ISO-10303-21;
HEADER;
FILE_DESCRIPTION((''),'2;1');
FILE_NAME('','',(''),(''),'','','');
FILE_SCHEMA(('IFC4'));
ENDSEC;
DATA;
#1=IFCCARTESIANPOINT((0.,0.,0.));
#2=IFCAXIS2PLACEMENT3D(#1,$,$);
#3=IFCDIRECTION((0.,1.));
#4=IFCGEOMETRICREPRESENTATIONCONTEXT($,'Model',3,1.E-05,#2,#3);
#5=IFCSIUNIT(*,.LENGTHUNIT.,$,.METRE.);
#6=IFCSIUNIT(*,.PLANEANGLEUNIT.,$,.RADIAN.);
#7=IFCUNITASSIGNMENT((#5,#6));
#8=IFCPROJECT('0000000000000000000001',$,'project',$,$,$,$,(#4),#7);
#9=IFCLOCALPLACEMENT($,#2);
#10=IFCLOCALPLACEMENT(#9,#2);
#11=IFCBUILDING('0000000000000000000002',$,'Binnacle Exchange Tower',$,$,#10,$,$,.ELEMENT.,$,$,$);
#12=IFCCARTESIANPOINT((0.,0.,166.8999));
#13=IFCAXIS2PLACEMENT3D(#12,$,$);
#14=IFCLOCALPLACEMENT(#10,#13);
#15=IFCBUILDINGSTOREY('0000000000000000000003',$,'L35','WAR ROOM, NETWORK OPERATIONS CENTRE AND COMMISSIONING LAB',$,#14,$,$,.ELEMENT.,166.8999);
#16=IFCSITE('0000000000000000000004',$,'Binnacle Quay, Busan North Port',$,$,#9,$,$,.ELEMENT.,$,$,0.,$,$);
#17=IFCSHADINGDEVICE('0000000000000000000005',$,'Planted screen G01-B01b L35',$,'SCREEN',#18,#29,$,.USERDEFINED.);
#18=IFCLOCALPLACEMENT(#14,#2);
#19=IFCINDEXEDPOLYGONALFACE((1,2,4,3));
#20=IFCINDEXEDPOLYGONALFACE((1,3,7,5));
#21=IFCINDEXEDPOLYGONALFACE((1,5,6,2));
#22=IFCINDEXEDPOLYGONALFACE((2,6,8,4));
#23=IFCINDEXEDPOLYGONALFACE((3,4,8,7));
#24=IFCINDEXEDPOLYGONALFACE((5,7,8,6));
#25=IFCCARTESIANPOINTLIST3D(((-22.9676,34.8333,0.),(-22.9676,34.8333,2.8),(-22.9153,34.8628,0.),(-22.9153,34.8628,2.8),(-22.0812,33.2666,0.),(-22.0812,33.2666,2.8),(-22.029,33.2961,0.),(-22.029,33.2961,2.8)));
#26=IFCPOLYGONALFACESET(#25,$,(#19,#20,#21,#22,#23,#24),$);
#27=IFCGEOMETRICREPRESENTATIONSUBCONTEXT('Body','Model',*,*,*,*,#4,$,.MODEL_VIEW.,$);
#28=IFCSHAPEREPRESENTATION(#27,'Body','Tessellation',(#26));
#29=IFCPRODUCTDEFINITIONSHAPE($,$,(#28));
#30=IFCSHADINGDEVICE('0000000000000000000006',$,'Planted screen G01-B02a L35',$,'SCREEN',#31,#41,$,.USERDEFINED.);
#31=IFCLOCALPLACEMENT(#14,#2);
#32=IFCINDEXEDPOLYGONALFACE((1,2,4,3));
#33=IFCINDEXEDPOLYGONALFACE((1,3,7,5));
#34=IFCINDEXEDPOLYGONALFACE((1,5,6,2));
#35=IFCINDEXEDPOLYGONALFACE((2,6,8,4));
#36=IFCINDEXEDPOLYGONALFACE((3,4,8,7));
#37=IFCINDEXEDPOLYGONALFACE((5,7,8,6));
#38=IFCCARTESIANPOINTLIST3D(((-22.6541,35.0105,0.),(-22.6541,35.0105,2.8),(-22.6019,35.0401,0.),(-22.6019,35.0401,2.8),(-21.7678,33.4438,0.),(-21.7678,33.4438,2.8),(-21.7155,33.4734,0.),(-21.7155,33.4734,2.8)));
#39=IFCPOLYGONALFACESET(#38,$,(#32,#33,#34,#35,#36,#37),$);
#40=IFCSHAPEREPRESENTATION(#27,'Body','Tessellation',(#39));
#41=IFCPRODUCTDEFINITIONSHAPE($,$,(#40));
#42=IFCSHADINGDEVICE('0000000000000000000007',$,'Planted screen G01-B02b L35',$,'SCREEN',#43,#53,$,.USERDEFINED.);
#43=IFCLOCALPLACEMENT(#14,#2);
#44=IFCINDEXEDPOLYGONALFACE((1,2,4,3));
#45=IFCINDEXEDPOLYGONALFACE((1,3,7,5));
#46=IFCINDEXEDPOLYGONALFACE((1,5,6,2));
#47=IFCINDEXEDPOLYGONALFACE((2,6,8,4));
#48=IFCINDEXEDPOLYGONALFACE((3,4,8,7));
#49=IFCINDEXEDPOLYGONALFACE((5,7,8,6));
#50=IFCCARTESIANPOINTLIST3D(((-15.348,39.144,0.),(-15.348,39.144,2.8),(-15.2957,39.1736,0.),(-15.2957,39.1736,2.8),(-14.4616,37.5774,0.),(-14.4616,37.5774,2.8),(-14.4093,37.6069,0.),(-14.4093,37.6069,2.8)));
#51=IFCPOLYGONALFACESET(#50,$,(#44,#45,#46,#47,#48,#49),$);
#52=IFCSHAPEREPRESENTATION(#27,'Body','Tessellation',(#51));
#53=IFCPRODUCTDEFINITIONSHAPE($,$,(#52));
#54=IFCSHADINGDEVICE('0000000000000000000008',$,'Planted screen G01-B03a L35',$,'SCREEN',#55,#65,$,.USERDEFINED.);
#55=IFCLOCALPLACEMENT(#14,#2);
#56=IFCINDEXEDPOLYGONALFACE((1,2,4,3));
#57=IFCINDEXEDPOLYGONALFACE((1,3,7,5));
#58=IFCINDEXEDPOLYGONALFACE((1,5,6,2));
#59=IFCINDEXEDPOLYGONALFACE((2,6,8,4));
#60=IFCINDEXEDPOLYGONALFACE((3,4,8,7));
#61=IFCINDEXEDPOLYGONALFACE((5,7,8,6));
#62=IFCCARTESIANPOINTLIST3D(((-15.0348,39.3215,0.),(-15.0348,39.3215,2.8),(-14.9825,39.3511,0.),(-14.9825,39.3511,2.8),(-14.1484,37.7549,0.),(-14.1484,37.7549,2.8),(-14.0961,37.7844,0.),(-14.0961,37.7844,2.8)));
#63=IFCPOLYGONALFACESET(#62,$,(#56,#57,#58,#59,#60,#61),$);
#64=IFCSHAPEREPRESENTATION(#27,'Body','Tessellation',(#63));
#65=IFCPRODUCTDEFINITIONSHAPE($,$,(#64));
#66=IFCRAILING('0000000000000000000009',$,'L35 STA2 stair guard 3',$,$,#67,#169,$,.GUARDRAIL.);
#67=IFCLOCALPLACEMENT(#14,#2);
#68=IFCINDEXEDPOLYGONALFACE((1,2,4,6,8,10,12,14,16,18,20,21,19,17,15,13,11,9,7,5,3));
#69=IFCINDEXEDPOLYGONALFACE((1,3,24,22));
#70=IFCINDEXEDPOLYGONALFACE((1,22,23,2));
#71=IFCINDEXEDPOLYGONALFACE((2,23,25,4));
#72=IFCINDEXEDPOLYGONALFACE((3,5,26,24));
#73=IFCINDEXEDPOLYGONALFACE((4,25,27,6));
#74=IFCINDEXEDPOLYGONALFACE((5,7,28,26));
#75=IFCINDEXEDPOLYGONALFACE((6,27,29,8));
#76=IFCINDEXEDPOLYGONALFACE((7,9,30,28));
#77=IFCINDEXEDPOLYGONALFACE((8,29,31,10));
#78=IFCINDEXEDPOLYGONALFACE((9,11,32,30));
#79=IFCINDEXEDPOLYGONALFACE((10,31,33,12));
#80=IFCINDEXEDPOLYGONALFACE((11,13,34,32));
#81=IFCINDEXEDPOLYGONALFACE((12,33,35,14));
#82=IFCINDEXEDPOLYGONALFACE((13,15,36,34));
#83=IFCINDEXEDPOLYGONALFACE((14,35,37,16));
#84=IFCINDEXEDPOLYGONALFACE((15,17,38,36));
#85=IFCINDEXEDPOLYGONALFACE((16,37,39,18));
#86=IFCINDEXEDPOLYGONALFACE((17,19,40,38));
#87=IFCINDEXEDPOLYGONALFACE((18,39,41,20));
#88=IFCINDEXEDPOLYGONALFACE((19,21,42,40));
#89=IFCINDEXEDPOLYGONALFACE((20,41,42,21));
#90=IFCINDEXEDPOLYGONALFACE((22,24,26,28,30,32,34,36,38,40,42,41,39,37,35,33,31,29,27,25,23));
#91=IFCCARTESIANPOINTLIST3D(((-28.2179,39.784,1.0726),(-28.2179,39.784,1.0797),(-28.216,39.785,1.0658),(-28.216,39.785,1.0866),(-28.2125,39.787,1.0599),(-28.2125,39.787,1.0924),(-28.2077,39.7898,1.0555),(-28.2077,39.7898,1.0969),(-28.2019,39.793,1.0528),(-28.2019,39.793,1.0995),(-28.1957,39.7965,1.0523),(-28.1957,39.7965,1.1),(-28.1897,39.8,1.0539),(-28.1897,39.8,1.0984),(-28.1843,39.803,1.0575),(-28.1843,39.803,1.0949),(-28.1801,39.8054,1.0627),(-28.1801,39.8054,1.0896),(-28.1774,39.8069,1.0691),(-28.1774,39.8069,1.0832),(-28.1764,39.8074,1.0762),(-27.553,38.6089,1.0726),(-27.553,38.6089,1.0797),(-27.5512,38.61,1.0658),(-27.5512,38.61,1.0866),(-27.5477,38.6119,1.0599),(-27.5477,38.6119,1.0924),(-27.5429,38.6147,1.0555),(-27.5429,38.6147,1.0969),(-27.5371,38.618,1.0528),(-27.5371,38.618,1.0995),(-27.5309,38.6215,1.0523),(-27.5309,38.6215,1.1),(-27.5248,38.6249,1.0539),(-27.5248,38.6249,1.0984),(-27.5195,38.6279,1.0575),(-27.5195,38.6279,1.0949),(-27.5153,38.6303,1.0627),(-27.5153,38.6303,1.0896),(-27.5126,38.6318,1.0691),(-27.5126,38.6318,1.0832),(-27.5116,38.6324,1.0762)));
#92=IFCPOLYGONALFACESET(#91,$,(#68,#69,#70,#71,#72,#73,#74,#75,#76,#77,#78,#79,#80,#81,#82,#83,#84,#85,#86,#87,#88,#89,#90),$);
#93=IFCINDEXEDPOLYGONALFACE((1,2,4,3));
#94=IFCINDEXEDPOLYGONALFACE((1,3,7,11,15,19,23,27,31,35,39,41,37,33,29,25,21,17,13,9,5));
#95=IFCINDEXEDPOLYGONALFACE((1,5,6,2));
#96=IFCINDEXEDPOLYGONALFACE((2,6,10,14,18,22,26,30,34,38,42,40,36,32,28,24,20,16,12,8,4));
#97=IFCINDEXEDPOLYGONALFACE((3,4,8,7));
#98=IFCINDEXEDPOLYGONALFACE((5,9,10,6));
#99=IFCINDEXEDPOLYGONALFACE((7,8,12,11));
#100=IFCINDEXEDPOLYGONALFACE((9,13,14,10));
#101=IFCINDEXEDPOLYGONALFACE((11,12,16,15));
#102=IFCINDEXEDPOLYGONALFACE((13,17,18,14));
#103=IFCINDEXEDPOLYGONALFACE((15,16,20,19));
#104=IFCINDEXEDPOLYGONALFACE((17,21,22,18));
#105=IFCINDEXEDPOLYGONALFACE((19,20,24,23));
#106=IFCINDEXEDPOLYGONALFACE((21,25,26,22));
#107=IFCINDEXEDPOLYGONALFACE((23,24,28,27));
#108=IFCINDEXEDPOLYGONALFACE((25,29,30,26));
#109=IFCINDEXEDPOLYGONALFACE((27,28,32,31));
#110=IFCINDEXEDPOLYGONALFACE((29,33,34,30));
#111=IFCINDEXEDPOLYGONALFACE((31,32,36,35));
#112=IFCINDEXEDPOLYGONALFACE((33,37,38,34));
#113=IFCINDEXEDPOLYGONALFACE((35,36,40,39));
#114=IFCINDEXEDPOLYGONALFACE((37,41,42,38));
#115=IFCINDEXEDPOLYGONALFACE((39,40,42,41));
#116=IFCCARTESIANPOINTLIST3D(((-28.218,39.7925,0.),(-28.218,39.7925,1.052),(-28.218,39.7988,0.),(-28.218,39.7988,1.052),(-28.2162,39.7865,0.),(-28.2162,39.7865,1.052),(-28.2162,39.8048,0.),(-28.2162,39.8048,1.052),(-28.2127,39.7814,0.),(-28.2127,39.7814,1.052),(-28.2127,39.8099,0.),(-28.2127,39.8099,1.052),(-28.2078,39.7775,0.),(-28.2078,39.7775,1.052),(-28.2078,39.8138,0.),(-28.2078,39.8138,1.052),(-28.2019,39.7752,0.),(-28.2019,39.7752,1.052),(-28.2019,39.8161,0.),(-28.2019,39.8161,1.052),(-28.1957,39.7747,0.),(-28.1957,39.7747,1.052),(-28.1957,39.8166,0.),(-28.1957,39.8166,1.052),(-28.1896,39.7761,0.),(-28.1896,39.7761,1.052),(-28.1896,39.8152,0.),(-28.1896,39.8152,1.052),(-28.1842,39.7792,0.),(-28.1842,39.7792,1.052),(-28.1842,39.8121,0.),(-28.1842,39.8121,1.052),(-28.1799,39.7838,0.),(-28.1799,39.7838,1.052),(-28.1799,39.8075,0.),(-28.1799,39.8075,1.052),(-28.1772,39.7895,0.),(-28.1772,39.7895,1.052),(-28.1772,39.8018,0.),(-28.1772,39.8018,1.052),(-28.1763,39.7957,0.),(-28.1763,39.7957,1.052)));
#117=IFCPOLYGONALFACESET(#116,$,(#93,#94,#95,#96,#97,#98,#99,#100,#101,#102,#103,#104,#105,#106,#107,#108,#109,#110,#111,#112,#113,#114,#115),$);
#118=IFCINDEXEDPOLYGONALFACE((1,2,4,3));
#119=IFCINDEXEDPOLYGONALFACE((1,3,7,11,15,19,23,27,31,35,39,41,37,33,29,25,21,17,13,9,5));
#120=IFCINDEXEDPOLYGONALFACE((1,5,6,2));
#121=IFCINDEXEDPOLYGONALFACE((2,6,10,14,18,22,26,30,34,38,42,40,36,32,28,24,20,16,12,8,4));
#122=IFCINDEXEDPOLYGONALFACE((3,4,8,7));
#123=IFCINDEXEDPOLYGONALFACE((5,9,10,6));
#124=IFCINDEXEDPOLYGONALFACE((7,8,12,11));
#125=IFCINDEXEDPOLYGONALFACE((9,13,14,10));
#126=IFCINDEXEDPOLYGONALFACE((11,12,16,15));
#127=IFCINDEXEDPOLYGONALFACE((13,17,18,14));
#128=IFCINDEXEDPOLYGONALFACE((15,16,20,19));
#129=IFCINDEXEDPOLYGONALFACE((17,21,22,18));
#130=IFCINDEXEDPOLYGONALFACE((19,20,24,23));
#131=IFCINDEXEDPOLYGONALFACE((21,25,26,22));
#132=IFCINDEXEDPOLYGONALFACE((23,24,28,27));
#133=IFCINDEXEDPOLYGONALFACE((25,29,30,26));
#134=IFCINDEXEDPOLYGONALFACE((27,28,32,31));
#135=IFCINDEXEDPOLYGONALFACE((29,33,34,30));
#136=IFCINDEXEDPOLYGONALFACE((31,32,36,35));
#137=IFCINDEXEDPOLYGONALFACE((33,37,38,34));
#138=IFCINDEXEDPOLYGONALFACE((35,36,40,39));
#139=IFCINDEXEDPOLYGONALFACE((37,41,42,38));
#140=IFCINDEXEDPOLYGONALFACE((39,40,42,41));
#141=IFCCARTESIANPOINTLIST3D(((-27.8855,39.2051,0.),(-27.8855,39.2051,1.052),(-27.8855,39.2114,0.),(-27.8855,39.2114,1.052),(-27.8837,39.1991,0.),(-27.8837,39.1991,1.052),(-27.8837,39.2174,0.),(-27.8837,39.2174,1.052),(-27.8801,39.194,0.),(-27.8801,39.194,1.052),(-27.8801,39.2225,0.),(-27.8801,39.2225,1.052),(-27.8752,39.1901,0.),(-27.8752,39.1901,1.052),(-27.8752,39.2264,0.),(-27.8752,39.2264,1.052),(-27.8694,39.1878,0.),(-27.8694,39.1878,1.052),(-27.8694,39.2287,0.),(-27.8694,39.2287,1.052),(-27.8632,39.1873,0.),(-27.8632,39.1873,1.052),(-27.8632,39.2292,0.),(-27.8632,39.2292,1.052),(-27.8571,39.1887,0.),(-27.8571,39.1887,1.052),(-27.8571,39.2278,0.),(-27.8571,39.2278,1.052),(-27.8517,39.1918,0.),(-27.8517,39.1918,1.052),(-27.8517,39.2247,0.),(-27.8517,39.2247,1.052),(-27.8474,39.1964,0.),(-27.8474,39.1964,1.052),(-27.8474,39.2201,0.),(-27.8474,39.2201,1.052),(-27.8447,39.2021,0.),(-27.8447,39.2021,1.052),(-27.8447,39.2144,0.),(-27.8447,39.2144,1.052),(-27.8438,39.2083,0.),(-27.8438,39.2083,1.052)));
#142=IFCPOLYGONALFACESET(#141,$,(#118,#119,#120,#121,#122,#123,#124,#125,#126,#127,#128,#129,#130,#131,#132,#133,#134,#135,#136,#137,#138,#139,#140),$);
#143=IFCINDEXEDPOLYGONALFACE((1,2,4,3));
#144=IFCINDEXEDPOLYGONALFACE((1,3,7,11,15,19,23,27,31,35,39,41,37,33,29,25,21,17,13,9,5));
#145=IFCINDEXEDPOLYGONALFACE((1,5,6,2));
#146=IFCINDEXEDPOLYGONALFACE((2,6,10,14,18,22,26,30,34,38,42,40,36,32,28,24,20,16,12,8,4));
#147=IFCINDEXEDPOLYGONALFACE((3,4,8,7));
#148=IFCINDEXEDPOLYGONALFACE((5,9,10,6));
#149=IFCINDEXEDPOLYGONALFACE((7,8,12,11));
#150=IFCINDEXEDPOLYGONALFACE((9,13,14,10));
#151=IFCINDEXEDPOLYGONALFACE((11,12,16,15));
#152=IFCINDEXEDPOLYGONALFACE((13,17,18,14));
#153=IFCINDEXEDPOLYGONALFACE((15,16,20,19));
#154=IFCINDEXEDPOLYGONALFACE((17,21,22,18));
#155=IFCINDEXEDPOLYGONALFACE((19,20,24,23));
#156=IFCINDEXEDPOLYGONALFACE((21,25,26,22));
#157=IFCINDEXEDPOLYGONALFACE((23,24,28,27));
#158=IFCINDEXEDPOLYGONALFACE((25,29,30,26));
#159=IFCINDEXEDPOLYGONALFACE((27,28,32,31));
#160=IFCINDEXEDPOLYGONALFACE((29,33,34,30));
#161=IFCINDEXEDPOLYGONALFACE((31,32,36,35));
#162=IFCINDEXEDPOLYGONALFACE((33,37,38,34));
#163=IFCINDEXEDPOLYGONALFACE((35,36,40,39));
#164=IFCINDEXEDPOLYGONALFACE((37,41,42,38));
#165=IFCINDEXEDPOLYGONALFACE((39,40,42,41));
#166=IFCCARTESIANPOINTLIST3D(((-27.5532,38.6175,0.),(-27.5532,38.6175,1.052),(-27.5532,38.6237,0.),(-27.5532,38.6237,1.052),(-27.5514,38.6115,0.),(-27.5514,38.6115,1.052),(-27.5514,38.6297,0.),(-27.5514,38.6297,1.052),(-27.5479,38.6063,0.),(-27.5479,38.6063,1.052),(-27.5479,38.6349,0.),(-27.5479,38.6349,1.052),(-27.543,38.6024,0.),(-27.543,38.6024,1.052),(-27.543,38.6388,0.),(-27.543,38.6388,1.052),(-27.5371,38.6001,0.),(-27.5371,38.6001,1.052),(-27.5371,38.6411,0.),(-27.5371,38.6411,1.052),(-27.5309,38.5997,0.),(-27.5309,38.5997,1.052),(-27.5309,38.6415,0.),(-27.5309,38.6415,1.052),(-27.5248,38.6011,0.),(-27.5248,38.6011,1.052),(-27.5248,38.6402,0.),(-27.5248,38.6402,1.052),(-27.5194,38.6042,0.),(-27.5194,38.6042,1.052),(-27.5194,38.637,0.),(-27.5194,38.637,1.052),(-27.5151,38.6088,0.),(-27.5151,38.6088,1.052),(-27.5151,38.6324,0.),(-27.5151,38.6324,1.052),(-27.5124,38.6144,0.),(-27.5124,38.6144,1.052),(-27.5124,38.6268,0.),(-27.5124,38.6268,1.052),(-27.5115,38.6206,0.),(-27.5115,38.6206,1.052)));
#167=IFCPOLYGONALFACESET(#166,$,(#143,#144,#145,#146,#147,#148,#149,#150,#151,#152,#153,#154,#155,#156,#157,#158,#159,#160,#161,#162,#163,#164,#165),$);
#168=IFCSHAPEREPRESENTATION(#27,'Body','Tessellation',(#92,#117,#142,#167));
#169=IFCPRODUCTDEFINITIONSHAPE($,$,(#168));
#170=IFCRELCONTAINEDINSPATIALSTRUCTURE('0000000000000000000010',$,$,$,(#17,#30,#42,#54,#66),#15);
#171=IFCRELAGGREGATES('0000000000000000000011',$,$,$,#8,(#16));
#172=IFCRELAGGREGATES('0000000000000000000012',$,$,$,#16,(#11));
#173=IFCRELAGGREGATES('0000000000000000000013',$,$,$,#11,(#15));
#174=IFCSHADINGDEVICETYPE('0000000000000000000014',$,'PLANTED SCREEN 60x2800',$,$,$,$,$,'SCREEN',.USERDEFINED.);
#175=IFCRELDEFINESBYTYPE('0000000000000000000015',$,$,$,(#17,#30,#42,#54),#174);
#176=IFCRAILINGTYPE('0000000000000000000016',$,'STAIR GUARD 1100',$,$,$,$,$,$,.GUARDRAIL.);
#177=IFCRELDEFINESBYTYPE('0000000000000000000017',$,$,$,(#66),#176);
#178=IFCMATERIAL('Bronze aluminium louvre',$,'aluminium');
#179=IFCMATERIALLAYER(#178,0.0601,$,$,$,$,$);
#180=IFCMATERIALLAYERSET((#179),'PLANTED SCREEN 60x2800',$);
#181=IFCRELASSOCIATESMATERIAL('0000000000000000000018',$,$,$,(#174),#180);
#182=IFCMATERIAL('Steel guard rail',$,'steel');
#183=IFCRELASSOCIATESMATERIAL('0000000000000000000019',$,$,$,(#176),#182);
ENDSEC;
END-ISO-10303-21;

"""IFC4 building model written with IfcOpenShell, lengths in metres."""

from ifc_helpers import new_model, si_unit, direction, frame, origin, origin_2d, place, context, subcontext, project, spatial, rectangle, circle, extrude, material, layer, layer_set, type_object, element, save


model = new_model("IFC4")

# Units and contexts
model_context = context("Model", 3, precision=1e-05, world=origin(), true_north=direction((0.0, 1.0)))
body_context = subcontext(model_context, "Body", "Model", "MODEL_VIEW")
ifc_project = project(units=[si_unit("LENGTHUNIT", "METRE"), si_unit("PLANEANGLEUNIT", "RADIAN")], contexts=[model_context])

# Site, building, storey
site_placement = place(None, origin())
site = spatial("IfcSite", under=ifc_project, at=site_placement, Name="Binnacle Quay, Busan North Port", CompositionType="ELEMENT", RefElevation=0.0)
building_placement = place(site_placement, origin())
building = spatial("IfcBuilding", under=site, at=building_placement, Name="Binnacle Exchange Tower", CompositionType="ELEMENT")
storey_placement = place(building_placement, frame((0.0, 0.0, 166.8999)))
storey = spatial("IfcBuildingStorey", under=building, at=storey_placement, Name="L35", Description="WAR ROOM, NETWORK OPERATIONS CENTRE AND COMMISSIONING LAB", CompositionType="ELEMENT", Elevation=166.8999)

# Shading devices
ifc_material_1 = material(Name="Bronze aluminium louvre", Category="aluminium")
ifc_layer_1 = layer(ifc_material_1, 0.0601)
ifc_layer_set_1 = layer_set([ifc_layer_1], Name="PLANTED SCREEN 60x2800")
shading_device_type = type_object("IfcShadingDeviceType", Name="PLANTED SCREEN 60x2800", ElementType="SCREEN", PredefinedType="USERDEFINED", material=ifc_layer_set_1)
for number, where, z_axis, x_axis, name in (
    (1, (-22.4983, 34.0647, 0.0), (0.0, 0.0, 1.0), (0.870356, 0.492424, 0.0), "Planted screen G01-B01b L35"),
    (2, (-22.1848, 34.2419, 0.0), (0.0, 0.0, 1.0), (0.870356, 0.492424, 0.0), "Planted screen G01-B02a L35"),
    (3, (-14.8787, 38.3755, 0.0), (0.0, 0.0, 1.0), (0.870356, 0.492424, 0.0), "Planted screen G01-B02b L35"),
    (4, (-14.5654, 38.553, 0.0), (0.0, 0.0, 1.0), (0.870356, 0.492424, 0.0), "Planted screen G01-B03a L35"),
):
    element("IfcShadingDevice", number, at=place(storey_placement, frame(where, z_axis=z_axis, x_axis=x_axis)), inside=storey, type_object=shading_device_type, Name=name, ObjectType="SCREEN", PredefinedType="USERDEFINED", context=body_context, shape_type="SweptSolid", body=[
        extrude(rectangle(XDim=0.0601, YDim=1.8, at=origin_2d()), origin(), (0.0, 0.0, 1.0), 2.8),
    ])

# Railing
ifc_material_2 = material(Name="Steel guard rail", Category="steel")
railing_type_1 = type_object("IfcRailingType", Name="STAIR GUARD 1100", PredefinedType="GUARDRAIL", material=ifc_material_2)
railing_1_placement = place(storey_placement, frame((-28.1973, 39.7957, 0.0)))
element("IfcRailing", 5, at=railing_1_placement, inside=storey, type_object=railing_type_1, Name="L35 STA2 stair guard 3", PredefinedType="GUARDRAIL", context=body_context, shape_type="SweptSolid", body=[
    extrude(circle(Radius=0.0239, at=origin_2d()), frame((0.0, 0.0, 1.0762), z_axis=(0.492415, -0.870361, 0.0), x_axis=(0.870361, 0.492415, 0.0)), (0.0, 0.0, 1.0), 1.3501),
    extrude(circle(Radius=0.021, at=origin_2d()), origin(), (0.0, 0.0, 1.0), 1.052),
    extrude(circle(Radius=0.021, at=origin_2d()), frame((0.3325, -0.5874, 0.0)), (0.0, 0.0, 1.0), 1.052),
    extrude(circle(Radius=0.021, at=origin_2d()), frame((0.6648, -1.175, 0.0)), (0.0, 0.0, 1.0), 1.052),
])

save(model, "model.ifc")
